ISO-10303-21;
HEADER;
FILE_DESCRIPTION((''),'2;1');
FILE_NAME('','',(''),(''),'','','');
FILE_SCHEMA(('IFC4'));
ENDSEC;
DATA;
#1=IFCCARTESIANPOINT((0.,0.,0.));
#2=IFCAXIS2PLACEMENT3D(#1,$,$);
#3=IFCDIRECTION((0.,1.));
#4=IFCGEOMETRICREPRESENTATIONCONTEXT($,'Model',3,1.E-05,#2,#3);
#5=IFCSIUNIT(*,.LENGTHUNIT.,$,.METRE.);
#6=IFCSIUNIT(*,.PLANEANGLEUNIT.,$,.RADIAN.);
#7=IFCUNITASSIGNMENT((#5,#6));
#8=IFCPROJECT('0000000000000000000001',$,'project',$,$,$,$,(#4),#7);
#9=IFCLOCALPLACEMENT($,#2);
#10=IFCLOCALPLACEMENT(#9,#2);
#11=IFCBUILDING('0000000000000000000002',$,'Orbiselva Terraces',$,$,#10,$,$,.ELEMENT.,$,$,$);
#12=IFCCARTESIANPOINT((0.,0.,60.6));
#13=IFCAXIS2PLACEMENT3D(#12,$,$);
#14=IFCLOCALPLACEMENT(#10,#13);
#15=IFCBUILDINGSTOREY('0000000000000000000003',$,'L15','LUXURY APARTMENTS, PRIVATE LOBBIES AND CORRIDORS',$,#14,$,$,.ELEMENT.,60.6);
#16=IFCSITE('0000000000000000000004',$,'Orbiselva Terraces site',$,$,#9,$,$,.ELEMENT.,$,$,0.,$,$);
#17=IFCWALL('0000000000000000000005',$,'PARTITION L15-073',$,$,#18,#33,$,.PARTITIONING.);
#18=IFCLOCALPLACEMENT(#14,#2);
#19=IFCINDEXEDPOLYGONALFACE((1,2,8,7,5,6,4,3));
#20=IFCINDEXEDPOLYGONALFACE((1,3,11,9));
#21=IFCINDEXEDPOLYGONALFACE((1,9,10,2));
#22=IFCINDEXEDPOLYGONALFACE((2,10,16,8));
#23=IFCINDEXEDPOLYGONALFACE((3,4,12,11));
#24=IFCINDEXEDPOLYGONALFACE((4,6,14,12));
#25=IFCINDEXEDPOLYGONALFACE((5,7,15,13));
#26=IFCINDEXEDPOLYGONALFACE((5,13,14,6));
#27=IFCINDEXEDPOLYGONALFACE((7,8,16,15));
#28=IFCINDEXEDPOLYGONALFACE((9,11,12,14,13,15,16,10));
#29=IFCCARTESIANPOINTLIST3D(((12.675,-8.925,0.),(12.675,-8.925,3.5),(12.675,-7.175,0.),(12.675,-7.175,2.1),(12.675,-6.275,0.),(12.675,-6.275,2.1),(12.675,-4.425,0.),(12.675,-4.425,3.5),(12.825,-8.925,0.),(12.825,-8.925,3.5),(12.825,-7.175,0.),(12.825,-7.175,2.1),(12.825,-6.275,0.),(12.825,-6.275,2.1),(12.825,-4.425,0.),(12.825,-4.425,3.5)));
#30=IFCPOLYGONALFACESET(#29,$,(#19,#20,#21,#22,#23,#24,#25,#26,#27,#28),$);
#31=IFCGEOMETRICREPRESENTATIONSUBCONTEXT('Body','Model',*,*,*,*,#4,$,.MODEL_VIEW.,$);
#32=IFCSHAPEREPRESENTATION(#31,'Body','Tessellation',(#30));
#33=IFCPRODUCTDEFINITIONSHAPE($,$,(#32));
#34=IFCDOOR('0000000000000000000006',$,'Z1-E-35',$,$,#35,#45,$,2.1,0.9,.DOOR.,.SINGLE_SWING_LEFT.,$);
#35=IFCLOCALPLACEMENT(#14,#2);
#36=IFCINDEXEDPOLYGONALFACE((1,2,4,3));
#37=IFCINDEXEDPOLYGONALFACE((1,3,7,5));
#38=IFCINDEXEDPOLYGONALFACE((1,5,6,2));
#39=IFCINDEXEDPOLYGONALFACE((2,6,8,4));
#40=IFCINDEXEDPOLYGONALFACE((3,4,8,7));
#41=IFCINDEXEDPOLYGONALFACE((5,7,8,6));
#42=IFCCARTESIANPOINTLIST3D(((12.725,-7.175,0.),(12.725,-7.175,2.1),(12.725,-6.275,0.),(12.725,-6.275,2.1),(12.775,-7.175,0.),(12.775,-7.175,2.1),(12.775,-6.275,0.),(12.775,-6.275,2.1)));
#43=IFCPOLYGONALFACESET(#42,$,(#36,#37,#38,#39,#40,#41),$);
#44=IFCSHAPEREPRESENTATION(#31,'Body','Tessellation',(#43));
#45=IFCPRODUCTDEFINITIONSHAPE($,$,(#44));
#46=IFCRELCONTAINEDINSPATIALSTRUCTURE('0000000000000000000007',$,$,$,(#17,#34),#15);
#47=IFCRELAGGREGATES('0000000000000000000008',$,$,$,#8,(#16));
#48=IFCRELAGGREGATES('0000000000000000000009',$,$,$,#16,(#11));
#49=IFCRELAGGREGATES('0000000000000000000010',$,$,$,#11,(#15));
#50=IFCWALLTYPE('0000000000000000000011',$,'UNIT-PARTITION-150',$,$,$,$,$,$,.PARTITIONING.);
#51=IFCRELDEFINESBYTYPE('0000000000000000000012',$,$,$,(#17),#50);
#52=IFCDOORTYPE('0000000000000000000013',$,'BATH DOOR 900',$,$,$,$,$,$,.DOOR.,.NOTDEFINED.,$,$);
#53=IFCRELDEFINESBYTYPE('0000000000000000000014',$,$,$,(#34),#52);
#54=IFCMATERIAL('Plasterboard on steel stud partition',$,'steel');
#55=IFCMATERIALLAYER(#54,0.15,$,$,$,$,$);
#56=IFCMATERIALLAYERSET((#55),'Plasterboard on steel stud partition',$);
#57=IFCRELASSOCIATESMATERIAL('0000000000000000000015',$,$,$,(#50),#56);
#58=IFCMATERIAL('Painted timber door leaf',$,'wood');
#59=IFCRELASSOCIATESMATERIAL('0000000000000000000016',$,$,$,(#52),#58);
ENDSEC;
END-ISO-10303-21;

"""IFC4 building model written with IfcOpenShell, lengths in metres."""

from ifc_helpers import new_model, si_unit, direction, frame, frame_2d, origin, place, context, subcontext, project, spatial, rectangle, extrude, material, layer, layer_set, type_object, element, fill, save


model = new_model("IFC4")

# Units and contexts
model_context = context("Model", 3, precision=1e-05, world=origin(), true_north=direction((0.0, 1.0)))
body_context = subcontext(model_context, "Body", "Model", "MODEL_VIEW")
ifc_project = project(units=[si_unit("LENGTHUNIT", "METRE"), si_unit("PLANEANGLEUNIT", "RADIAN")], contexts=[model_context])

# Site, building, storey
site_placement = place(None, origin())
site = spatial("IfcSite", under=ifc_project, at=site_placement, Name="Orbiselva Terraces site", CompositionType="ELEMENT", RefElevation=0.0)
building_placement = place(site_placement, origin())
building = spatial("IfcBuilding", under=site, at=building_placement, Name="Orbiselva Terraces", CompositionType="ELEMENT")
storey_placement = place(building_placement, frame((0.0, 0.0, 60.6)))
storey = spatial("IfcBuildingStorey", under=building, at=storey_placement, Name="L15", Description="LUXURY APARTMENTS, PRIVATE LOBBIES AND CORRIDORS", CompositionType="ELEMENT", Elevation=60.6)

# Shared definitions
ifc_material_1 = material(Name="Plasterboard on steel stud partition", Category="steel")

# Shared definitions
ifc_layer_1 = layer(ifc_material_1, 0.15)
ifc_layer_set_1 = layer_set([ifc_layer_1], Name="Plasterboard on steel stud partition")
wall_type_1 = type_object("IfcWallType", Name="UNIT-PARTITION-150", PredefinedType="PARTITIONING", material=ifc_layer_set_1)
ifc_material_2 = material(Name="Painted timber door leaf", Category="wood")
door_type_1 = type_object("IfcDoorType", Name="BATH DOOR 900", OperationType="NOTDEFINED", PredefinedType="DOOR", material=ifc_material_2)

# Wall, opening, door
wall_1_placement = place(storey_placement, frame((12.75, -8.925, 0.0), z_axis=(0.0, 0.0, 1.0), x_axis=(0.0, 1.0, 0.0)))
wall_1 = element("IfcWall", 1, at=wall_1_placement, inside=storey, type_object=wall_type_1, Name="PARTITION L15-073", PredefinedType="PARTITIONING", context=body_context, shape_type="SweptSolid", body=[
    extrude(rectangle(XDim=4.5, YDim=0.15, at=frame_2d((2.25, 0.0))), origin(), (0.0, 0.0, 1.0), 3.5),
])
opening_1_placement = place(wall_1_placement, frame((1.75, 0.0, 0.0)))
opening_1 = element("IfcOpeningElement", 2, at=opening_1_placement, cuts=wall_1, PredefinedType="OPENING", context=body_context, shape_type="SweptSolid", body=[
    extrude(rectangle(XDim=0.9, YDim=2.1, at=frame_2d((0.45, 1.05))), frame((0.0, 0.085, 0.0), z_axis=(0.0, -1.0, 0.0), x_axis=(1.0, 0.0, 0.0)), (0.0, 0.0, 1.0), 0.17),
])
door_1_placement = place(opening_1_placement, origin())
door_1 = element("IfcDoor", 3, at=door_1_placement, inside=storey, type_object=door_type_1, Name="Z1-E-35", OperationType="SINGLE_SWING_LEFT", OverallHeight=2.1, OverallWidth=0.9, PredefinedType="DOOR", context=body_context, shape_type="SweptSolid", body=[
    extrude(rectangle(XDim=0.9, YDim=2.1, at=frame_2d((0.45, 1.05))), frame((0.0, 0.025, 0.0), z_axis=(0.0, -1.0, 0.0), x_axis=(1.0, 0.0, 0.0)), (0.0, 0.0, 1.0), 0.05),
])
fill(opening_1, door_1)

save(model, "model.ifc")
